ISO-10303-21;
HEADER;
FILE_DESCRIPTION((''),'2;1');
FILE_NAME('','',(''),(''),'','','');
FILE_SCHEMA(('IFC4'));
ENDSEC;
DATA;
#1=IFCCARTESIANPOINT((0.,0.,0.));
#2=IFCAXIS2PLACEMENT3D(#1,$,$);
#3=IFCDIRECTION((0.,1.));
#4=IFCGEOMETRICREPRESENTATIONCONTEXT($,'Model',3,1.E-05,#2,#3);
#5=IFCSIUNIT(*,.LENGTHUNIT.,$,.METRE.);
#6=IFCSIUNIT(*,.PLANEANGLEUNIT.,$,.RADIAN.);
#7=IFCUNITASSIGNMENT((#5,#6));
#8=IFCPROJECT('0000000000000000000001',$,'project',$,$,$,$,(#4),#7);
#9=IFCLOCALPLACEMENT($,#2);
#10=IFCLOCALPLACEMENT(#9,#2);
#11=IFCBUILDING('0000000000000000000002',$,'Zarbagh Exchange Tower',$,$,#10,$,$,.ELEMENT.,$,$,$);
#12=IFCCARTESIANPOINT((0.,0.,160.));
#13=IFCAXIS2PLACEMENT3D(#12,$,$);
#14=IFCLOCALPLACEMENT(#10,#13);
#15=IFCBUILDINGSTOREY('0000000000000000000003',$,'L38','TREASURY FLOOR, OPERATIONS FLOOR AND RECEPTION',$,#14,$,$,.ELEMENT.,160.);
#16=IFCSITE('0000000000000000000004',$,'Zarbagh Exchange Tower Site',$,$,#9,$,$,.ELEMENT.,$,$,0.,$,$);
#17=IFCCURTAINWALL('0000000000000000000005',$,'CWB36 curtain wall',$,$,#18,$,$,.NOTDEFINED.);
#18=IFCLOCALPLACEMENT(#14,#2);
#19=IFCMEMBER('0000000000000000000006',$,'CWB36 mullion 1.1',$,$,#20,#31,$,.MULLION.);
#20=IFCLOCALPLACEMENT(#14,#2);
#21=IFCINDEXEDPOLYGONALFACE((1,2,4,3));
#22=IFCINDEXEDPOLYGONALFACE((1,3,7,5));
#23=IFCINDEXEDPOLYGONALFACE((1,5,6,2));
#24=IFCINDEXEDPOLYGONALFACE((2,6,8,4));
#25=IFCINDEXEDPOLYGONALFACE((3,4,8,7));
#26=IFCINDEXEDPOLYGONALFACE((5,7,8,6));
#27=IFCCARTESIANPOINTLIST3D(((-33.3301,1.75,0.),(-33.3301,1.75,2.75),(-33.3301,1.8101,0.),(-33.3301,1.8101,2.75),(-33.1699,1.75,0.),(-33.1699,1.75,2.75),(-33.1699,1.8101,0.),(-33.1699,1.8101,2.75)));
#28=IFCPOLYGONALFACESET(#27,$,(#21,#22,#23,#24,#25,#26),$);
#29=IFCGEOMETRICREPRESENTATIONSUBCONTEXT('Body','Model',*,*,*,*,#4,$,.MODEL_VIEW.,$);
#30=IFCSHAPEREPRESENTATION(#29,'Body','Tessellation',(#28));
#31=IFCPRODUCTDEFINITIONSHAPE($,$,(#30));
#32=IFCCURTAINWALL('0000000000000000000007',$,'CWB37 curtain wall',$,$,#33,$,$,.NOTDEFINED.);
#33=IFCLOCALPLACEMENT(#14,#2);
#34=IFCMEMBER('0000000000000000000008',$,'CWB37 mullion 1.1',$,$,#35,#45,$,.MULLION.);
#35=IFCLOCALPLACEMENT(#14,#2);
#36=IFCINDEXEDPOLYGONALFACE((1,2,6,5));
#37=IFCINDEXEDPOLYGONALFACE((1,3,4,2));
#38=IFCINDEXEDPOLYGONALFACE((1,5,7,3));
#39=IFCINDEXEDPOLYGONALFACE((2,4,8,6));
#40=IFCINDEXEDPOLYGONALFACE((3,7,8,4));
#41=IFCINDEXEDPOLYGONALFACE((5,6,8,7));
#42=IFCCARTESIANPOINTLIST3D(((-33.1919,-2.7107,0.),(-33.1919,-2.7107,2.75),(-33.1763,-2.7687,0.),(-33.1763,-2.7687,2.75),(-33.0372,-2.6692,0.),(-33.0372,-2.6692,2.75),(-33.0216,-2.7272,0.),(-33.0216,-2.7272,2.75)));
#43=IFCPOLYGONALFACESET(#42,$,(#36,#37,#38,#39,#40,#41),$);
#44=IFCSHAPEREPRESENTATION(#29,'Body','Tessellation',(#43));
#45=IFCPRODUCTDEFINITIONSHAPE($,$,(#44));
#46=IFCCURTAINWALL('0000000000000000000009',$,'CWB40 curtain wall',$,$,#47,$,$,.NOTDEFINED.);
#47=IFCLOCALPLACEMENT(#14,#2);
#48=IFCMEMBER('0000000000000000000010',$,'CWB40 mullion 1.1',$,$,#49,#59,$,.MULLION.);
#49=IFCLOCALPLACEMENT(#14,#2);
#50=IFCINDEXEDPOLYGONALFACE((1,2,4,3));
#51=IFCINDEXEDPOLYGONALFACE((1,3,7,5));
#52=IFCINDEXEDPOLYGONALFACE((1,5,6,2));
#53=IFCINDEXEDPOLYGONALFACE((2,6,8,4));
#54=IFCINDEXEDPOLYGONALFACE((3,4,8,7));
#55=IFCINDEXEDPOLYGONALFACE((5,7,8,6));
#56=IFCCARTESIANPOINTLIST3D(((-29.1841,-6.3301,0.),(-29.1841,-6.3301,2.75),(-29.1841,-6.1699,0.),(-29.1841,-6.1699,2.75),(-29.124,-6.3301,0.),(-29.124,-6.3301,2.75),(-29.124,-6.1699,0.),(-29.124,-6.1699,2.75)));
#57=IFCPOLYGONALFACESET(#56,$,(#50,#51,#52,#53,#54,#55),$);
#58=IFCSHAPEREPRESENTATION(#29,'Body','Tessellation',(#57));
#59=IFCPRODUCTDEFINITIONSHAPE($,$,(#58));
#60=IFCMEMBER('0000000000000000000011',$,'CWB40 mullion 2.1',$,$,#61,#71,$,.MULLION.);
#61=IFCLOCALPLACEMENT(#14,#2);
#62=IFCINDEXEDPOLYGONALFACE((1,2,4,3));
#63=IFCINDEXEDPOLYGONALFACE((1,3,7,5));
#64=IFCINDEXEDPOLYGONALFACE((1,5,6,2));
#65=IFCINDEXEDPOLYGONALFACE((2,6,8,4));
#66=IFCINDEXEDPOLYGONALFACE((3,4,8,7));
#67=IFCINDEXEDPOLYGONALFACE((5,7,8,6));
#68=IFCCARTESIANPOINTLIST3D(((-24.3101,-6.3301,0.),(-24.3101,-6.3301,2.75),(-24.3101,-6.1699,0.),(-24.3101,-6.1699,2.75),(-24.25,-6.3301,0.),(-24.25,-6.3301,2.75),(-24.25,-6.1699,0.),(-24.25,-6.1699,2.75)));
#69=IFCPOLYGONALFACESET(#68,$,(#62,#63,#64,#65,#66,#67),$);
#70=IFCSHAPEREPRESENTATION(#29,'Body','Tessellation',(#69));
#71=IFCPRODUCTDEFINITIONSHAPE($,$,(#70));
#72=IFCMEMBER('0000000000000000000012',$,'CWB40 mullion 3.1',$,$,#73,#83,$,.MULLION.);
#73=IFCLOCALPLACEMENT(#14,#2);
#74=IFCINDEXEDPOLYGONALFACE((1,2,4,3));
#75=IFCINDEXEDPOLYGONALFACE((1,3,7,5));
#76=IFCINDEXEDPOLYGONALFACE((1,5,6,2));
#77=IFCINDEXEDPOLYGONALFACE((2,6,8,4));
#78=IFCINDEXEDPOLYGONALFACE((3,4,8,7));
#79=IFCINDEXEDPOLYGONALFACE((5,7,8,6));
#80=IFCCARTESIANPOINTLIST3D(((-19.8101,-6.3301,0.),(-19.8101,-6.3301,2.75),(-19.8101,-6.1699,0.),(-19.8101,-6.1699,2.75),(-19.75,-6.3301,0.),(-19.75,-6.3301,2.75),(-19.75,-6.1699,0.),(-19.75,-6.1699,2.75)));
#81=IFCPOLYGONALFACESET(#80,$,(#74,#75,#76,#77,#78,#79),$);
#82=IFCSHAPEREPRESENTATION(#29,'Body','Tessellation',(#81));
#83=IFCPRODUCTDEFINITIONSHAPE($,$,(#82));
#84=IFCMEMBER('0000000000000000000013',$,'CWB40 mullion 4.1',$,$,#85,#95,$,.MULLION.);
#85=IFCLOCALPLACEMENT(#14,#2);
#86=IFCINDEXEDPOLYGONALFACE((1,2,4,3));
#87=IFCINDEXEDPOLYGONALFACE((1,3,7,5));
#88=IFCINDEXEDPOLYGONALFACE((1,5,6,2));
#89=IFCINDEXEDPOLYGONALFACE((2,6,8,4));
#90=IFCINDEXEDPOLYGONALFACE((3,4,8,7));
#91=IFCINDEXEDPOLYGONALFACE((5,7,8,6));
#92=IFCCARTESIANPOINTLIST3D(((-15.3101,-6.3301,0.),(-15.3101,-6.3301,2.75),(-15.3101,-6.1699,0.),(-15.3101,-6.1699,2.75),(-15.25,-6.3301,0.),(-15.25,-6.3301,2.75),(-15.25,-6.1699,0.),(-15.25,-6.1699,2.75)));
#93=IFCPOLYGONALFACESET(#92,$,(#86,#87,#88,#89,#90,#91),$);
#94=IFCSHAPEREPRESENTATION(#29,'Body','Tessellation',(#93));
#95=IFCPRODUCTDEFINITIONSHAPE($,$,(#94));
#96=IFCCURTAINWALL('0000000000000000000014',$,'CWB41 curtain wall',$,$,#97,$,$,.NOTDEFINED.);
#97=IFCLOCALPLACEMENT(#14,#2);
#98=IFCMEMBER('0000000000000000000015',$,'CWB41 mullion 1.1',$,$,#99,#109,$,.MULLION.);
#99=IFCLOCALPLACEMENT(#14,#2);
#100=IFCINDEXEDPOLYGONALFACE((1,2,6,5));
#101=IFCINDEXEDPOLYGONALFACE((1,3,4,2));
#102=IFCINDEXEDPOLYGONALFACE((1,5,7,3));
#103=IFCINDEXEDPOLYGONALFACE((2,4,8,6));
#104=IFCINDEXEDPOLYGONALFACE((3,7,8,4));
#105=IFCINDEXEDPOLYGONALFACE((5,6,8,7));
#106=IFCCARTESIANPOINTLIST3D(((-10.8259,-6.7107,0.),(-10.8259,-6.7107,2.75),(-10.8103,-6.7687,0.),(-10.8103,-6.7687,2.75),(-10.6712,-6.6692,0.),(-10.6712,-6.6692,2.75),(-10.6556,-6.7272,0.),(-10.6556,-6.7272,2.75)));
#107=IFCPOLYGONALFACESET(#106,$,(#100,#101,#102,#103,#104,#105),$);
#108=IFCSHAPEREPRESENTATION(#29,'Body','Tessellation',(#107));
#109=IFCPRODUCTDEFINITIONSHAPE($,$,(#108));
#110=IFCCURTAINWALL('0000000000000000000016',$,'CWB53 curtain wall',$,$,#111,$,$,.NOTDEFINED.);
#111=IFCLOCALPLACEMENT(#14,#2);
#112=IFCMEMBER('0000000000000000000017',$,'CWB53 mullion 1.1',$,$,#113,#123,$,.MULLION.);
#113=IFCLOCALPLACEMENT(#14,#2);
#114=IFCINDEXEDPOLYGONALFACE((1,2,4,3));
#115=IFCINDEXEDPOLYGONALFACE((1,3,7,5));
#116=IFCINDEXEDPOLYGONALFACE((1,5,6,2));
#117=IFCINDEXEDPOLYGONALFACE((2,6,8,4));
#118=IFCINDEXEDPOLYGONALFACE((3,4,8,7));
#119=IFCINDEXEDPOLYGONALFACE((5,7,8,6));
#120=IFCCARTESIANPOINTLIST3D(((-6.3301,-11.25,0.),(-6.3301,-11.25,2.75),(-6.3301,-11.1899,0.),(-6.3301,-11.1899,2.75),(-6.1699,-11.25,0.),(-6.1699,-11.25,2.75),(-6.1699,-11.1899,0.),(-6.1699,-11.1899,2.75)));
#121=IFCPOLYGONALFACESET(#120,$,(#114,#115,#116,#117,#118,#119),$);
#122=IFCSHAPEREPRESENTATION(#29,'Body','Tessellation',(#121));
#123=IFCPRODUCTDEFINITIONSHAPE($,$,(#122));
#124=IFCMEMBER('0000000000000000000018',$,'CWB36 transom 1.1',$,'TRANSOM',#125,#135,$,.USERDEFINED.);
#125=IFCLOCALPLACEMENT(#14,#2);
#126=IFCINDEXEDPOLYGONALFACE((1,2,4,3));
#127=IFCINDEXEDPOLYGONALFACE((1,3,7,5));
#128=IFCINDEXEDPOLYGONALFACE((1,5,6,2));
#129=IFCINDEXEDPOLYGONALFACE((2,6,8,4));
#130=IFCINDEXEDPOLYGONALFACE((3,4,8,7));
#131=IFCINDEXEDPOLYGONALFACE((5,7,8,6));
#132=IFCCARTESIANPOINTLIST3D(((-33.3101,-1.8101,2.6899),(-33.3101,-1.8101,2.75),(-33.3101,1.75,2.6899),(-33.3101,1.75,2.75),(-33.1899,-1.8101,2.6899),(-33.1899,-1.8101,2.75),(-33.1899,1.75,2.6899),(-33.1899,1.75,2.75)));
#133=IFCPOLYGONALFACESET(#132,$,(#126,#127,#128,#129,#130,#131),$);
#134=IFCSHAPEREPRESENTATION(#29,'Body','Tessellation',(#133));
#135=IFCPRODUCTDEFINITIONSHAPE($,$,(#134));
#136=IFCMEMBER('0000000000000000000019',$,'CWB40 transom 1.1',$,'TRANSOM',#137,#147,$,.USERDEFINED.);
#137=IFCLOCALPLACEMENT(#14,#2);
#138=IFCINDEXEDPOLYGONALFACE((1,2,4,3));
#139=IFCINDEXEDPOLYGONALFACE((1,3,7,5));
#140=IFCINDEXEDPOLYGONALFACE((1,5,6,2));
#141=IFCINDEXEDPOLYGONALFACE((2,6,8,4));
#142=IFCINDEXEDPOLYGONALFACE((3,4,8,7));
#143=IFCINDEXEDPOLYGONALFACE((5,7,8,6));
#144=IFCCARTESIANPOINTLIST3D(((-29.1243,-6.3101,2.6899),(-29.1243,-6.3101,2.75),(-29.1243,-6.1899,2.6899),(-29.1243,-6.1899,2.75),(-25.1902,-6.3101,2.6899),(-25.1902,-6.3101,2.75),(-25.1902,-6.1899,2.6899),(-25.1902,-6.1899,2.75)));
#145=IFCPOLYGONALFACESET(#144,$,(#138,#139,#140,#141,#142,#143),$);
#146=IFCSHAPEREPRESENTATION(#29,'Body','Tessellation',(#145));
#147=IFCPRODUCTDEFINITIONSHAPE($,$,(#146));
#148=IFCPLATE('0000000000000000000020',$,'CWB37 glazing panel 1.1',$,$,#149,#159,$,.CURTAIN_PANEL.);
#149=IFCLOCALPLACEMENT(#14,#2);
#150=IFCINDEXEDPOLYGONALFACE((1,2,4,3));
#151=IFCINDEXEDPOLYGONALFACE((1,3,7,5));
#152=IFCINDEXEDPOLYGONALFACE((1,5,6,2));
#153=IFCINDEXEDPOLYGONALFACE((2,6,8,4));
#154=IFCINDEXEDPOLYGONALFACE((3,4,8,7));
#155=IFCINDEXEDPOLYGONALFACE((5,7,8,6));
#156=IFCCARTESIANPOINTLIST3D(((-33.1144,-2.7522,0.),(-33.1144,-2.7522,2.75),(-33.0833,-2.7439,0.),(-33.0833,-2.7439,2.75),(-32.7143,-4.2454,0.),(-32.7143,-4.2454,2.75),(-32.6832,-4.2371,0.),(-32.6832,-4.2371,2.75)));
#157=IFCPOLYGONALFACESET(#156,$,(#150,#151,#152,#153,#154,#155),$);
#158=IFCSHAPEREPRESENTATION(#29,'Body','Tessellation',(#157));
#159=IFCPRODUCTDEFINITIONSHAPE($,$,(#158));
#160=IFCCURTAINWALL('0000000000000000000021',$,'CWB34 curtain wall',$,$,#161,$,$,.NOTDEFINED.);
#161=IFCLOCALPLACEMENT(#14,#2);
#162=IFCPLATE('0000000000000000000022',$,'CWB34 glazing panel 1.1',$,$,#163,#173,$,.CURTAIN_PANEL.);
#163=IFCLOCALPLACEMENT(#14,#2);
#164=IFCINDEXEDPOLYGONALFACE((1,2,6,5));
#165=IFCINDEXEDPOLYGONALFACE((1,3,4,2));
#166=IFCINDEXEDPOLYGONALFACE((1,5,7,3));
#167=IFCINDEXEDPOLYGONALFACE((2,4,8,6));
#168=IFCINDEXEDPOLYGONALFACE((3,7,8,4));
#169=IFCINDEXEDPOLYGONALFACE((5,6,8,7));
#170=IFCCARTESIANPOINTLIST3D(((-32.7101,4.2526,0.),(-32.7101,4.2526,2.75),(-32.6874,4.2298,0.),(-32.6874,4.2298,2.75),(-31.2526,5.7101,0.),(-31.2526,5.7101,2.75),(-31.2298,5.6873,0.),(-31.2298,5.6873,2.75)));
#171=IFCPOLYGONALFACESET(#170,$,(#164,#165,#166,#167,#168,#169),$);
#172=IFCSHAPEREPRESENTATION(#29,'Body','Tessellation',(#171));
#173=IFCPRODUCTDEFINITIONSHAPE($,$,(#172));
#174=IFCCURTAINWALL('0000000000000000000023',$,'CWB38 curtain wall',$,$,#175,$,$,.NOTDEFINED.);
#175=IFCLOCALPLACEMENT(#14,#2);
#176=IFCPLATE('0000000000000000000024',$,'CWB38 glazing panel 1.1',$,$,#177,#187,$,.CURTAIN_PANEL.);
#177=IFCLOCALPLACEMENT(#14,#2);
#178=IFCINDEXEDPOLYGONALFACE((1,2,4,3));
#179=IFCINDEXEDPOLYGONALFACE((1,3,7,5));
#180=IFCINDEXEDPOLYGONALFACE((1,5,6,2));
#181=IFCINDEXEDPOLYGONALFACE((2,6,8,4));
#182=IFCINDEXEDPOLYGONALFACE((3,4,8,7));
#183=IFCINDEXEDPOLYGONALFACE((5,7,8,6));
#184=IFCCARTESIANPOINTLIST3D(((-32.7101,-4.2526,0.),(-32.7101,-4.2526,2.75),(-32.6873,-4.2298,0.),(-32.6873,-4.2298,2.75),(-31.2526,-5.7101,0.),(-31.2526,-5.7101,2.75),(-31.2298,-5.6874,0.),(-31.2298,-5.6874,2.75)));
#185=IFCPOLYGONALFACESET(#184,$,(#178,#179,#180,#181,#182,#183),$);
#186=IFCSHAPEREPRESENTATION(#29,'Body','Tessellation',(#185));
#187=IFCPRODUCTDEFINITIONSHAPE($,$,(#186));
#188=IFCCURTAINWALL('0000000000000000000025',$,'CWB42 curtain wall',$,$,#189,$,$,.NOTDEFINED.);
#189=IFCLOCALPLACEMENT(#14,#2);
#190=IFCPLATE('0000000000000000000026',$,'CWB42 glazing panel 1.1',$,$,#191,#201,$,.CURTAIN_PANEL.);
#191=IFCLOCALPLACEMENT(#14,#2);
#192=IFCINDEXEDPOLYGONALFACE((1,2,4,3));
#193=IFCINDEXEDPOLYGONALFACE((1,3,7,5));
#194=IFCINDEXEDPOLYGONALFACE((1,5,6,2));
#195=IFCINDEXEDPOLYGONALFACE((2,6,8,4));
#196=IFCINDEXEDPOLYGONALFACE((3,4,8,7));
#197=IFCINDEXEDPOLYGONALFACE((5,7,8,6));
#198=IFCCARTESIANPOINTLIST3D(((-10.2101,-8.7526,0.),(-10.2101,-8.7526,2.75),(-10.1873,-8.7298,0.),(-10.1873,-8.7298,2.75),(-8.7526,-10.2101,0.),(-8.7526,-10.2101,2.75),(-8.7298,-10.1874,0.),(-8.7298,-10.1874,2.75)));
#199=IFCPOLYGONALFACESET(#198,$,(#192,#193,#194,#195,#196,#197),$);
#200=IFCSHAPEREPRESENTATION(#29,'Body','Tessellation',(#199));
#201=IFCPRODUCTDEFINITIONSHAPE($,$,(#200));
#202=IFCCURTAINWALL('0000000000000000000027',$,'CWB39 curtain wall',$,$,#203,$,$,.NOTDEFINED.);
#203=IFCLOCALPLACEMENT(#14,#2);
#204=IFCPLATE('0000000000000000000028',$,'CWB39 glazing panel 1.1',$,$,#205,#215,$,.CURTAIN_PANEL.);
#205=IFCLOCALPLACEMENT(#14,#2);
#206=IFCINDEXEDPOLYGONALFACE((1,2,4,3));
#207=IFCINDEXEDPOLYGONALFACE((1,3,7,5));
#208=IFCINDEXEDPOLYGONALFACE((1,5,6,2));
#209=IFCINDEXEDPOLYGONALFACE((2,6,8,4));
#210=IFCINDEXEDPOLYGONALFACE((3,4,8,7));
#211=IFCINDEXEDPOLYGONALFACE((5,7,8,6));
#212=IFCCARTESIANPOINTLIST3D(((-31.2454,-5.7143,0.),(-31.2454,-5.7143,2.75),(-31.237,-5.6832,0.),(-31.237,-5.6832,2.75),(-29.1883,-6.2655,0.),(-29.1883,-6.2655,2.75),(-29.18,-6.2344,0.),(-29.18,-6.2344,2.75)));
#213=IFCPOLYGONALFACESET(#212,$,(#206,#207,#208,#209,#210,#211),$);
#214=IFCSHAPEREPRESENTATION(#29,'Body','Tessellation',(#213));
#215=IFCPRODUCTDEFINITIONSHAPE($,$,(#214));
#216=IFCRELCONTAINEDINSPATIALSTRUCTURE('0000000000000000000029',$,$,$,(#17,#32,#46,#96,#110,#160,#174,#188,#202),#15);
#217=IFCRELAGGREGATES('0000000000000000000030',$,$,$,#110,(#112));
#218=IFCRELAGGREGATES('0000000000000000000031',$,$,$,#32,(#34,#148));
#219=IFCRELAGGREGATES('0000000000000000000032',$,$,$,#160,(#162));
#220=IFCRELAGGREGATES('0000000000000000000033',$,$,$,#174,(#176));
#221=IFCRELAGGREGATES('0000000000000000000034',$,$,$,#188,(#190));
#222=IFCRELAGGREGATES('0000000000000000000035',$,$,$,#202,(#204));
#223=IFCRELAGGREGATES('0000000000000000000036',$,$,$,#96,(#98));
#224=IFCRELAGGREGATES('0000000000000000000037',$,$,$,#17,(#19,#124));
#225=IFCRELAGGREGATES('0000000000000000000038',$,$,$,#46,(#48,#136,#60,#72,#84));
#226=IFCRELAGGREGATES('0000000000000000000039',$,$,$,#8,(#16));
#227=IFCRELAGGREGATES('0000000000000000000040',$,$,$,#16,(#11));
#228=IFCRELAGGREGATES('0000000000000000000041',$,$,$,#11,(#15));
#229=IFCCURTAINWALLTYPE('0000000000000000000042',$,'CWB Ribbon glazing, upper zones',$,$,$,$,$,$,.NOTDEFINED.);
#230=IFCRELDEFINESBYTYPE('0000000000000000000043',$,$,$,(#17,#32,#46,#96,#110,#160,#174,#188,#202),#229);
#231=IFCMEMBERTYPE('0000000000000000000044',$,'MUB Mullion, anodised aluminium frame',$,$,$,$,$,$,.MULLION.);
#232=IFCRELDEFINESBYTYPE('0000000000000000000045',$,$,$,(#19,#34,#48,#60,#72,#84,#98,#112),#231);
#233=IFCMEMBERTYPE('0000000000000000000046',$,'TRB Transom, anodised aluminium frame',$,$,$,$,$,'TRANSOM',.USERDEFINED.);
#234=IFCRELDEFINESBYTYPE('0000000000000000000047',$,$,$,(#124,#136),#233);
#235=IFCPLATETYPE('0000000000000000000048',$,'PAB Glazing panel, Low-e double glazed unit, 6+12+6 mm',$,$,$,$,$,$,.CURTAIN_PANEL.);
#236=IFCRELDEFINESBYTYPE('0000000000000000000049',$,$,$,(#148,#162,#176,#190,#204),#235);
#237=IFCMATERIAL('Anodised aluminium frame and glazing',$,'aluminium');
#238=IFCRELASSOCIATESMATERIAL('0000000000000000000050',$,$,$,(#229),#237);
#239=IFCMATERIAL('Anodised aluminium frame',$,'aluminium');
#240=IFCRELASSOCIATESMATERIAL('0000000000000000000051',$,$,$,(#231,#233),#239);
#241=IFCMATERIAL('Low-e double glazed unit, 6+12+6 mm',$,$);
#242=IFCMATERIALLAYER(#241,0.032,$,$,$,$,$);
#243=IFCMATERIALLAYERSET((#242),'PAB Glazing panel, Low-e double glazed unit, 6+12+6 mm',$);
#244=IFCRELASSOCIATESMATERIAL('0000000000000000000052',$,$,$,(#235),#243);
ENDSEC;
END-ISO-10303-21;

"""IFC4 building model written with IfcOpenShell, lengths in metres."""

from ifc_helpers import new_model, si_unit, direction, frame, origin, place, context, subcontext, project, spatial, polyline, outline, extrude, source, transform, mapped, material, layer, layer_set, type_object, element, aggregate, save


model = new_model("IFC4")

# Units and contexts
model_context = context("Model", 3, precision=1e-05, world=origin(), true_north=direction((0.0, 1.0)))
body_context = subcontext(model_context, "Body", "Model", "MODEL_VIEW")
ifc_project = project(units=[si_unit("LENGTHUNIT", "METRE"), si_unit("PLANEANGLEUNIT", "RADIAN")], contexts=[model_context])

# Site, building, storey
site_placement = place(None, origin())
site = spatial("IfcSite", under=ifc_project, at=site_placement, Name="Zarbagh Exchange Tower Site", CompositionType="ELEMENT", RefElevation=0.0)
building_placement = place(site_placement, origin())
building = spatial("IfcBuilding", under=site, at=building_placement, Name="Zarbagh Exchange Tower", CompositionType="ELEMENT")
storey_placement = place(building_placement, frame((0.0, 0.0, 160.0)))
storey = spatial("IfcBuildingStorey", under=building, at=storey_placement, Name="L38", Description="TREASURY FLOOR, OPERATIONS FLOOR AND RECEPTION", CompositionType="ELEMENT", Elevation=160.0)

# Curtain walls, members
ifc_material_1 = material(Name="Anodised aluminium frame and glazing", Category="aluminium")
curtain_wall_type = type_object("IfcCurtainWallType", Name="CWB Ribbon glazing, upper zones", PredefinedType="NOTDEFINED", material=ifc_material_1)
curtain_wall_1_placement = place(storey_placement, origin())
curtain_wall_1 = element("IfcCurtainWall", 1, at=curtain_wall_1_placement, inside=storey, type_object=curtain_wall_type, Name="CWB36 curtain wall", PredefinedType="NOTDEFINED")
ifc_material_2 = material(Name="Anodised aluminium frame", Category="aluminium")
member_type_1 = type_object("IfcMemberType", Name="MUB Mullion, anodised aluminium frame", PredefinedType="MULLION", material=ifc_material_2)
shared_shape_1 = source(origin(), body_context, "Body", "SweptSolid", [
    extrude(outline(polyline([(0.0, -0.0801), (0.0601, -0.0801), (0.0601, 0.0801), (0.0, 0.0801), (0.0, -0.0801)])), origin(), (0.0, 0.0, 1.0), 2.75),
])
placement = place(storey_placement, origin())
member_1 = element("IfcMember", 2, at=placement, type_object=member_type_1, Name="CWB36 mullion 1.1", PredefinedType="MULLION", context=body_context, shape_type="MappedRepresentation", body=[
    mapped(shared_shape_1, transform((-33.25, 1.8101, 0.0), x_axis=(0.0, -1.0, 0.0), y_axis=(1.0, 0.0, 0.0), z_axis=(0.0, 0.0, 1.0))),
])
curtain_wall_2_placement = place(storey_placement, origin())
curtain_wall_2 = element("IfcCurtainWall", 3, at=curtain_wall_2_placement, inside=storey, type_object=curtain_wall_type, Name="CWB37 curtain wall", PredefinedType="NOTDEFINED")
member_2 = element("IfcMember", 4, at=placement, type_object=member_type_1, Name="CWB37 mullion 1.1", PredefinedType="MULLION", context=body_context, shape_type="MappedRepresentation", body=[
    mapped(shared_shape_1, transform((-33.1145, -2.6899, 0.0), x_axis=(0.258825, -0.965924, 0.0), y_axis=(0.965924, 0.258825, 0.0), z_axis=(0.0, 0.0, 1.0))),
])

# Curtain wall, members
curtain_wall_3_placement = place(storey_placement, origin())
curtain_wall_3 = element("IfcCurtainWall", 5, at=curtain_wall_3_placement, inside=storey, type_object=curtain_wall_type, Name="CWB40 curtain wall", PredefinedType="NOTDEFINED")
member_3 = element("IfcMember", 6, at=placement, type_object=member_type_1, Name="CWB40 mullion 1.1", PredefinedType="MULLION", context=body_context, shape_type="MappedRepresentation", body=[
    mapped(shared_shape_1, transform((-29.1841, -6.25, 0.0), x_axis=(1.0, 0.0, 0.0), y_axis=(0.0, 1.0, 0.0), z_axis=(0.0, 0.0, 1.0))),
])
member_4 = element("IfcMember", 7, at=placement, type_object=member_type_1, Name="CWB40 mullion 2.1", PredefinedType="MULLION", context=body_context, shape_type="MappedRepresentation", body=[
    mapped(shared_shape_1, transform((-24.3101, -6.25, 0.0), x_axis=(1.0, 0.0, 0.0), y_axis=(0.0, 1.0, 0.0), z_axis=(0.0, 0.0, 1.0))),
])
member_5 = element("IfcMember", 8, at=placement, type_object=member_type_1, Name="CWB40 mullion 3.1", PredefinedType="MULLION", context=body_context, shape_type="MappedRepresentation", body=[
    mapped(shared_shape_1, transform((-19.8101, -6.25, 0.0), x_axis=(1.0, 0.0, 0.0), y_axis=(0.0, 1.0, 0.0), z_axis=(0.0, 0.0, 1.0))),
])
member_6 = element("IfcMember", 9, at=placement, type_object=member_type_1, Name="CWB40 mullion 4.1", PredefinedType="MULLION", context=body_context, shape_type="MappedRepresentation", body=[
    mapped(shared_shape_1, transform((-15.3101, -6.25, 0.0), x_axis=(1.0, 0.0, 0.0), y_axis=(0.0, 1.0, 0.0), z_axis=(0.0, 0.0, 1.0))),
])

# Curtain walls, members
curtain_wall_4_placement = place(storey_placement, origin())
curtain_wall_4 = element("IfcCurtainWall", 10, at=curtain_wall_4_placement, inside=storey, type_object=curtain_wall_type, Name="CWB41 curtain wall", PredefinedType="NOTDEFINED")
member_7 = element("IfcMember", 11, at=placement, type_object=member_type_1, Name="CWB41 mullion 1.1", PredefinedType="MULLION", context=body_context, shape_type="MappedRepresentation", body=[
    mapped(shared_shape_1, transform((-10.7485, -6.6899, 0.0), x_axis=(0.258825, -0.965924, 0.0), y_axis=(0.965924, 0.258825, 0.0), z_axis=(0.0, 0.0, 1.0))),
])
curtain_wall_5_placement = place(storey_placement, origin())
curtain_wall_5 = element("IfcCurtainWall", 12, at=curtain_wall_5_placement, inside=storey, type_object=curtain_wall_type, Name="CWB53 curtain wall", PredefinedType="NOTDEFINED")
member_8 = element("IfcMember", 13, at=placement, type_object=member_type_1, Name="CWB53 mullion 1.1", PredefinedType="MULLION", context=body_context, shape_type="MappedRepresentation", body=[
    mapped(shared_shape_1, transform((-6.25, -11.1899, 0.0), x_axis=(0.0, -1.0, 0.0), y_axis=(1.0, 0.0, 0.0), z_axis=(0.0, 0.0, 1.0))),
])
aggregate(curtain_wall_5, [member_8])

# Members
member_type_2 = type_object("IfcMemberType", Name="TRB Transom, anodised aluminium frame", ElementType="TRANSOM", PredefinedType="USERDEFINED", material=ifc_material_2)
shared_shape_2 = source(origin(), body_context, "Body", "SweptSolid", [
    extrude(outline(polyline([(-0.0601, -0.0601), (0.0, -0.0601), (0.0, 0.0601), (-0.0601, 0.0601), (-0.0601, -0.0601)])), origin(), (0.0, 0.0, 1.0), 3.5601),
])
member_9 = element("IfcMember", 14, at=placement, type_object=member_type_2, Name="CWB36 transom 1.1", ObjectType="TRANSOM", PredefinedType="USERDEFINED", context=body_context, shape_type="MappedRepresentation", body=[
    mapped(shared_shape_2, transform((-33.25, 1.75, 2.75), x_axis=(0.0, 0.0, 1.0), y_axis=(-1.0, 0.0, 0.0), z_axis=(0.0, -1.0, 0.0))),
])
shared_shape_3 = source(origin(), body_context, "Body", "SweptSolid", [
    extrude(outline(polyline([(-0.0601, -0.0601), (0.0, -0.0601), (0.0, 0.0601), (-0.0601, 0.0601), (-0.0601, -0.0601)])), origin(), (0.0, 0.0, 1.0), 3.9341),
])
member_10 = element("IfcMember", 15, at=placement, type_object=member_type_2, Name="CWB40 transom 1.1", ObjectType="TRANSOM", PredefinedType="USERDEFINED", context=body_context, shape_type="MappedRepresentation", body=[
    mapped(shared_shape_3, transform((-29.1243, -6.25, 2.75), x_axis=(0.0, 0.0, 1.0), y_axis=(0.0, -1.0, 0.0), z_axis=(1.0, 0.0, 0.0))),
])

# Plate
ifc_material_3 = material(Name="Low-e double glazed unit, 6+12+6 mm")
ifc_layer = layer(ifc_material_3, 0.032)
ifc_layer_set = layer_set([ifc_layer], Name="PAB Glazing panel, Low-e double glazed unit, 6+12+6 mm")
plate_type = type_object("IfcPlateType", Name="PAB Glazing panel, Low-e double glazed unit, 6+12+6 mm", PredefinedType="CURTAIN_PANEL", material=ifc_layer_set)
shared_shape_4 = source(origin(), body_context, "Body", "SweptSolid", [
    extrude(outline(polyline([(0.0, -0.0161), (1.5459, -0.0161), (1.5459, 0.0161), (0.0, 0.0161), (0.0, -0.0161)])), origin(), (0.0, 0.0, 1.0), 2.75),
])
plate_1 = element("IfcPlate", 16, at=placement, type_object=plate_type, Name="CWB37 glazing panel 1.1", PredefinedType="CURTAIN_PANEL", context=body_context, shape_type="MappedRepresentation", body=[
    mapped(shared_shape_4, transform((-33.0989, -2.748, 0.0), x_axis=(0.258825, -0.965924, 0.0), y_axis=(0.965924, 0.258825, 0.0), z_axis=(0.0, 0.0, 1.0))),
])
aggregate(curtain_wall_2, [member_2, plate_1])

# Curtain walls, plates
curtain_wall_6_placement = place(storey_placement, origin())
curtain_wall_6 = element("IfcCurtainWall", 17, at=curtain_wall_6_placement, inside=storey, type_object=curtain_wall_type, Name="CWB34 curtain wall", PredefinedType="NOTDEFINED")
shared_shape_5 = source(origin(), body_context, "Body", "SweptSolid", [
    extrude(outline(polyline([(0.0, -0.0161), (2.0613, -0.0161), (2.0613, 0.0161), (0.0, 0.0161), (0.0, -0.0161)])), origin(), (0.0, 0.0, 1.0), 2.75),
])
plate_2 = element("IfcPlate", 18, at=placement, type_object=plate_type, Name="CWB34 glazing panel 1.1", PredefinedType="CURTAIN_PANEL", context=body_context, shape_type="MappedRepresentation", body=[
    mapped(shared_shape_5, transform((-31.2412, 5.6987, 0.0), x_axis=(-0.707107, -0.707107, 0.0), y_axis=(0.707107, -0.707107, 0.0), z_axis=(0.0, 0.0, 1.0))),
])
aggregate(curtain_wall_6, [plate_2])
curtain_wall_7_placement = place(storey_placement, origin())
curtain_wall_7 = element("IfcCurtainWall", 19, at=curtain_wall_7_placement, inside=storey, type_object=curtain_wall_type, Name="CWB38 curtain wall", PredefinedType="NOTDEFINED")
plate_3 = element("IfcPlate", 20, at=placement, type_object=plate_type, Name="CWB38 glazing panel 1.1", PredefinedType="CURTAIN_PANEL", context=body_context, shape_type="MappedRepresentation", body=[
    mapped(shared_shape_5, transform((-32.6987, -4.2412, 0.0), x_axis=(0.707107, -0.707107, 0.0), y_axis=(0.707107, 0.707107, 0.0), z_axis=(0.0, 0.0, 1.0))),
])
aggregate(curtain_wall_7, [plate_3])
curtain_wall_8_placement = place(storey_placement, origin())
curtain_wall_8 = element("IfcCurtainWall", 21, at=curtain_wall_8_placement, inside=storey, type_object=curtain_wall_type, Name="CWB42 curtain wall", PredefinedType="NOTDEFINED")
plate_4 = element("IfcPlate", 22, at=placement, type_object=plate_type, Name="CWB42 glazing panel 1.1", PredefinedType="CURTAIN_PANEL", context=body_context, shape_type="MappedRepresentation", body=[
    mapped(shared_shape_5, transform((-10.1987, -8.7412, 0.0), x_axis=(0.707107, -0.707107, 0.0), y_axis=(0.707107, 0.707107, 0.0), z_axis=(0.0, 0.0, 1.0))),
])
aggregate(curtain_wall_8, [plate_4])
curtain_wall_9_placement = place(storey_placement, origin())
curtain_wall_9 = element("IfcCurtainWall", 23, at=curtain_wall_9_placement, inside=storey, type_object=curtain_wall_type, Name="CWB39 curtain wall", PredefinedType="NOTDEFINED")
shared_shape_6 = source(origin(), body_context, "Body", "SweptSolid", [
    extrude(outline(polyline([(0.0, -0.0161), (2.1296, -0.0161), (2.1296, 0.0161), (0.0, 0.0161), (0.0, -0.0161)])), origin(), (0.0, 0.0, 1.0), 2.75),
])
plate_5 = element("IfcPlate", 24, at=placement, type_object=plate_type, Name="CWB39 glazing panel 1.1", PredefinedType="CURTAIN_PANEL", context=body_context, shape_type="MappedRepresentation", body=[
    mapped(shared_shape_6, transform((-31.2412, -5.6987, 0.0), x_axis=(0.965924, -0.258825, 0.0), y_axis=(0.258825, 0.965924, 0.0), z_axis=(0.0, 0.0, 1.0))),
])
aggregate(curtain_wall_9, [plate_5])

aggregate(curtain_wall_4, [member_7])

aggregate(curtain_wall_1, [member_1, member_9])
aggregate(curtain_wall_3, [member_3, member_10, member_4, member_5, member_6])

save(model, "model.ifc")
